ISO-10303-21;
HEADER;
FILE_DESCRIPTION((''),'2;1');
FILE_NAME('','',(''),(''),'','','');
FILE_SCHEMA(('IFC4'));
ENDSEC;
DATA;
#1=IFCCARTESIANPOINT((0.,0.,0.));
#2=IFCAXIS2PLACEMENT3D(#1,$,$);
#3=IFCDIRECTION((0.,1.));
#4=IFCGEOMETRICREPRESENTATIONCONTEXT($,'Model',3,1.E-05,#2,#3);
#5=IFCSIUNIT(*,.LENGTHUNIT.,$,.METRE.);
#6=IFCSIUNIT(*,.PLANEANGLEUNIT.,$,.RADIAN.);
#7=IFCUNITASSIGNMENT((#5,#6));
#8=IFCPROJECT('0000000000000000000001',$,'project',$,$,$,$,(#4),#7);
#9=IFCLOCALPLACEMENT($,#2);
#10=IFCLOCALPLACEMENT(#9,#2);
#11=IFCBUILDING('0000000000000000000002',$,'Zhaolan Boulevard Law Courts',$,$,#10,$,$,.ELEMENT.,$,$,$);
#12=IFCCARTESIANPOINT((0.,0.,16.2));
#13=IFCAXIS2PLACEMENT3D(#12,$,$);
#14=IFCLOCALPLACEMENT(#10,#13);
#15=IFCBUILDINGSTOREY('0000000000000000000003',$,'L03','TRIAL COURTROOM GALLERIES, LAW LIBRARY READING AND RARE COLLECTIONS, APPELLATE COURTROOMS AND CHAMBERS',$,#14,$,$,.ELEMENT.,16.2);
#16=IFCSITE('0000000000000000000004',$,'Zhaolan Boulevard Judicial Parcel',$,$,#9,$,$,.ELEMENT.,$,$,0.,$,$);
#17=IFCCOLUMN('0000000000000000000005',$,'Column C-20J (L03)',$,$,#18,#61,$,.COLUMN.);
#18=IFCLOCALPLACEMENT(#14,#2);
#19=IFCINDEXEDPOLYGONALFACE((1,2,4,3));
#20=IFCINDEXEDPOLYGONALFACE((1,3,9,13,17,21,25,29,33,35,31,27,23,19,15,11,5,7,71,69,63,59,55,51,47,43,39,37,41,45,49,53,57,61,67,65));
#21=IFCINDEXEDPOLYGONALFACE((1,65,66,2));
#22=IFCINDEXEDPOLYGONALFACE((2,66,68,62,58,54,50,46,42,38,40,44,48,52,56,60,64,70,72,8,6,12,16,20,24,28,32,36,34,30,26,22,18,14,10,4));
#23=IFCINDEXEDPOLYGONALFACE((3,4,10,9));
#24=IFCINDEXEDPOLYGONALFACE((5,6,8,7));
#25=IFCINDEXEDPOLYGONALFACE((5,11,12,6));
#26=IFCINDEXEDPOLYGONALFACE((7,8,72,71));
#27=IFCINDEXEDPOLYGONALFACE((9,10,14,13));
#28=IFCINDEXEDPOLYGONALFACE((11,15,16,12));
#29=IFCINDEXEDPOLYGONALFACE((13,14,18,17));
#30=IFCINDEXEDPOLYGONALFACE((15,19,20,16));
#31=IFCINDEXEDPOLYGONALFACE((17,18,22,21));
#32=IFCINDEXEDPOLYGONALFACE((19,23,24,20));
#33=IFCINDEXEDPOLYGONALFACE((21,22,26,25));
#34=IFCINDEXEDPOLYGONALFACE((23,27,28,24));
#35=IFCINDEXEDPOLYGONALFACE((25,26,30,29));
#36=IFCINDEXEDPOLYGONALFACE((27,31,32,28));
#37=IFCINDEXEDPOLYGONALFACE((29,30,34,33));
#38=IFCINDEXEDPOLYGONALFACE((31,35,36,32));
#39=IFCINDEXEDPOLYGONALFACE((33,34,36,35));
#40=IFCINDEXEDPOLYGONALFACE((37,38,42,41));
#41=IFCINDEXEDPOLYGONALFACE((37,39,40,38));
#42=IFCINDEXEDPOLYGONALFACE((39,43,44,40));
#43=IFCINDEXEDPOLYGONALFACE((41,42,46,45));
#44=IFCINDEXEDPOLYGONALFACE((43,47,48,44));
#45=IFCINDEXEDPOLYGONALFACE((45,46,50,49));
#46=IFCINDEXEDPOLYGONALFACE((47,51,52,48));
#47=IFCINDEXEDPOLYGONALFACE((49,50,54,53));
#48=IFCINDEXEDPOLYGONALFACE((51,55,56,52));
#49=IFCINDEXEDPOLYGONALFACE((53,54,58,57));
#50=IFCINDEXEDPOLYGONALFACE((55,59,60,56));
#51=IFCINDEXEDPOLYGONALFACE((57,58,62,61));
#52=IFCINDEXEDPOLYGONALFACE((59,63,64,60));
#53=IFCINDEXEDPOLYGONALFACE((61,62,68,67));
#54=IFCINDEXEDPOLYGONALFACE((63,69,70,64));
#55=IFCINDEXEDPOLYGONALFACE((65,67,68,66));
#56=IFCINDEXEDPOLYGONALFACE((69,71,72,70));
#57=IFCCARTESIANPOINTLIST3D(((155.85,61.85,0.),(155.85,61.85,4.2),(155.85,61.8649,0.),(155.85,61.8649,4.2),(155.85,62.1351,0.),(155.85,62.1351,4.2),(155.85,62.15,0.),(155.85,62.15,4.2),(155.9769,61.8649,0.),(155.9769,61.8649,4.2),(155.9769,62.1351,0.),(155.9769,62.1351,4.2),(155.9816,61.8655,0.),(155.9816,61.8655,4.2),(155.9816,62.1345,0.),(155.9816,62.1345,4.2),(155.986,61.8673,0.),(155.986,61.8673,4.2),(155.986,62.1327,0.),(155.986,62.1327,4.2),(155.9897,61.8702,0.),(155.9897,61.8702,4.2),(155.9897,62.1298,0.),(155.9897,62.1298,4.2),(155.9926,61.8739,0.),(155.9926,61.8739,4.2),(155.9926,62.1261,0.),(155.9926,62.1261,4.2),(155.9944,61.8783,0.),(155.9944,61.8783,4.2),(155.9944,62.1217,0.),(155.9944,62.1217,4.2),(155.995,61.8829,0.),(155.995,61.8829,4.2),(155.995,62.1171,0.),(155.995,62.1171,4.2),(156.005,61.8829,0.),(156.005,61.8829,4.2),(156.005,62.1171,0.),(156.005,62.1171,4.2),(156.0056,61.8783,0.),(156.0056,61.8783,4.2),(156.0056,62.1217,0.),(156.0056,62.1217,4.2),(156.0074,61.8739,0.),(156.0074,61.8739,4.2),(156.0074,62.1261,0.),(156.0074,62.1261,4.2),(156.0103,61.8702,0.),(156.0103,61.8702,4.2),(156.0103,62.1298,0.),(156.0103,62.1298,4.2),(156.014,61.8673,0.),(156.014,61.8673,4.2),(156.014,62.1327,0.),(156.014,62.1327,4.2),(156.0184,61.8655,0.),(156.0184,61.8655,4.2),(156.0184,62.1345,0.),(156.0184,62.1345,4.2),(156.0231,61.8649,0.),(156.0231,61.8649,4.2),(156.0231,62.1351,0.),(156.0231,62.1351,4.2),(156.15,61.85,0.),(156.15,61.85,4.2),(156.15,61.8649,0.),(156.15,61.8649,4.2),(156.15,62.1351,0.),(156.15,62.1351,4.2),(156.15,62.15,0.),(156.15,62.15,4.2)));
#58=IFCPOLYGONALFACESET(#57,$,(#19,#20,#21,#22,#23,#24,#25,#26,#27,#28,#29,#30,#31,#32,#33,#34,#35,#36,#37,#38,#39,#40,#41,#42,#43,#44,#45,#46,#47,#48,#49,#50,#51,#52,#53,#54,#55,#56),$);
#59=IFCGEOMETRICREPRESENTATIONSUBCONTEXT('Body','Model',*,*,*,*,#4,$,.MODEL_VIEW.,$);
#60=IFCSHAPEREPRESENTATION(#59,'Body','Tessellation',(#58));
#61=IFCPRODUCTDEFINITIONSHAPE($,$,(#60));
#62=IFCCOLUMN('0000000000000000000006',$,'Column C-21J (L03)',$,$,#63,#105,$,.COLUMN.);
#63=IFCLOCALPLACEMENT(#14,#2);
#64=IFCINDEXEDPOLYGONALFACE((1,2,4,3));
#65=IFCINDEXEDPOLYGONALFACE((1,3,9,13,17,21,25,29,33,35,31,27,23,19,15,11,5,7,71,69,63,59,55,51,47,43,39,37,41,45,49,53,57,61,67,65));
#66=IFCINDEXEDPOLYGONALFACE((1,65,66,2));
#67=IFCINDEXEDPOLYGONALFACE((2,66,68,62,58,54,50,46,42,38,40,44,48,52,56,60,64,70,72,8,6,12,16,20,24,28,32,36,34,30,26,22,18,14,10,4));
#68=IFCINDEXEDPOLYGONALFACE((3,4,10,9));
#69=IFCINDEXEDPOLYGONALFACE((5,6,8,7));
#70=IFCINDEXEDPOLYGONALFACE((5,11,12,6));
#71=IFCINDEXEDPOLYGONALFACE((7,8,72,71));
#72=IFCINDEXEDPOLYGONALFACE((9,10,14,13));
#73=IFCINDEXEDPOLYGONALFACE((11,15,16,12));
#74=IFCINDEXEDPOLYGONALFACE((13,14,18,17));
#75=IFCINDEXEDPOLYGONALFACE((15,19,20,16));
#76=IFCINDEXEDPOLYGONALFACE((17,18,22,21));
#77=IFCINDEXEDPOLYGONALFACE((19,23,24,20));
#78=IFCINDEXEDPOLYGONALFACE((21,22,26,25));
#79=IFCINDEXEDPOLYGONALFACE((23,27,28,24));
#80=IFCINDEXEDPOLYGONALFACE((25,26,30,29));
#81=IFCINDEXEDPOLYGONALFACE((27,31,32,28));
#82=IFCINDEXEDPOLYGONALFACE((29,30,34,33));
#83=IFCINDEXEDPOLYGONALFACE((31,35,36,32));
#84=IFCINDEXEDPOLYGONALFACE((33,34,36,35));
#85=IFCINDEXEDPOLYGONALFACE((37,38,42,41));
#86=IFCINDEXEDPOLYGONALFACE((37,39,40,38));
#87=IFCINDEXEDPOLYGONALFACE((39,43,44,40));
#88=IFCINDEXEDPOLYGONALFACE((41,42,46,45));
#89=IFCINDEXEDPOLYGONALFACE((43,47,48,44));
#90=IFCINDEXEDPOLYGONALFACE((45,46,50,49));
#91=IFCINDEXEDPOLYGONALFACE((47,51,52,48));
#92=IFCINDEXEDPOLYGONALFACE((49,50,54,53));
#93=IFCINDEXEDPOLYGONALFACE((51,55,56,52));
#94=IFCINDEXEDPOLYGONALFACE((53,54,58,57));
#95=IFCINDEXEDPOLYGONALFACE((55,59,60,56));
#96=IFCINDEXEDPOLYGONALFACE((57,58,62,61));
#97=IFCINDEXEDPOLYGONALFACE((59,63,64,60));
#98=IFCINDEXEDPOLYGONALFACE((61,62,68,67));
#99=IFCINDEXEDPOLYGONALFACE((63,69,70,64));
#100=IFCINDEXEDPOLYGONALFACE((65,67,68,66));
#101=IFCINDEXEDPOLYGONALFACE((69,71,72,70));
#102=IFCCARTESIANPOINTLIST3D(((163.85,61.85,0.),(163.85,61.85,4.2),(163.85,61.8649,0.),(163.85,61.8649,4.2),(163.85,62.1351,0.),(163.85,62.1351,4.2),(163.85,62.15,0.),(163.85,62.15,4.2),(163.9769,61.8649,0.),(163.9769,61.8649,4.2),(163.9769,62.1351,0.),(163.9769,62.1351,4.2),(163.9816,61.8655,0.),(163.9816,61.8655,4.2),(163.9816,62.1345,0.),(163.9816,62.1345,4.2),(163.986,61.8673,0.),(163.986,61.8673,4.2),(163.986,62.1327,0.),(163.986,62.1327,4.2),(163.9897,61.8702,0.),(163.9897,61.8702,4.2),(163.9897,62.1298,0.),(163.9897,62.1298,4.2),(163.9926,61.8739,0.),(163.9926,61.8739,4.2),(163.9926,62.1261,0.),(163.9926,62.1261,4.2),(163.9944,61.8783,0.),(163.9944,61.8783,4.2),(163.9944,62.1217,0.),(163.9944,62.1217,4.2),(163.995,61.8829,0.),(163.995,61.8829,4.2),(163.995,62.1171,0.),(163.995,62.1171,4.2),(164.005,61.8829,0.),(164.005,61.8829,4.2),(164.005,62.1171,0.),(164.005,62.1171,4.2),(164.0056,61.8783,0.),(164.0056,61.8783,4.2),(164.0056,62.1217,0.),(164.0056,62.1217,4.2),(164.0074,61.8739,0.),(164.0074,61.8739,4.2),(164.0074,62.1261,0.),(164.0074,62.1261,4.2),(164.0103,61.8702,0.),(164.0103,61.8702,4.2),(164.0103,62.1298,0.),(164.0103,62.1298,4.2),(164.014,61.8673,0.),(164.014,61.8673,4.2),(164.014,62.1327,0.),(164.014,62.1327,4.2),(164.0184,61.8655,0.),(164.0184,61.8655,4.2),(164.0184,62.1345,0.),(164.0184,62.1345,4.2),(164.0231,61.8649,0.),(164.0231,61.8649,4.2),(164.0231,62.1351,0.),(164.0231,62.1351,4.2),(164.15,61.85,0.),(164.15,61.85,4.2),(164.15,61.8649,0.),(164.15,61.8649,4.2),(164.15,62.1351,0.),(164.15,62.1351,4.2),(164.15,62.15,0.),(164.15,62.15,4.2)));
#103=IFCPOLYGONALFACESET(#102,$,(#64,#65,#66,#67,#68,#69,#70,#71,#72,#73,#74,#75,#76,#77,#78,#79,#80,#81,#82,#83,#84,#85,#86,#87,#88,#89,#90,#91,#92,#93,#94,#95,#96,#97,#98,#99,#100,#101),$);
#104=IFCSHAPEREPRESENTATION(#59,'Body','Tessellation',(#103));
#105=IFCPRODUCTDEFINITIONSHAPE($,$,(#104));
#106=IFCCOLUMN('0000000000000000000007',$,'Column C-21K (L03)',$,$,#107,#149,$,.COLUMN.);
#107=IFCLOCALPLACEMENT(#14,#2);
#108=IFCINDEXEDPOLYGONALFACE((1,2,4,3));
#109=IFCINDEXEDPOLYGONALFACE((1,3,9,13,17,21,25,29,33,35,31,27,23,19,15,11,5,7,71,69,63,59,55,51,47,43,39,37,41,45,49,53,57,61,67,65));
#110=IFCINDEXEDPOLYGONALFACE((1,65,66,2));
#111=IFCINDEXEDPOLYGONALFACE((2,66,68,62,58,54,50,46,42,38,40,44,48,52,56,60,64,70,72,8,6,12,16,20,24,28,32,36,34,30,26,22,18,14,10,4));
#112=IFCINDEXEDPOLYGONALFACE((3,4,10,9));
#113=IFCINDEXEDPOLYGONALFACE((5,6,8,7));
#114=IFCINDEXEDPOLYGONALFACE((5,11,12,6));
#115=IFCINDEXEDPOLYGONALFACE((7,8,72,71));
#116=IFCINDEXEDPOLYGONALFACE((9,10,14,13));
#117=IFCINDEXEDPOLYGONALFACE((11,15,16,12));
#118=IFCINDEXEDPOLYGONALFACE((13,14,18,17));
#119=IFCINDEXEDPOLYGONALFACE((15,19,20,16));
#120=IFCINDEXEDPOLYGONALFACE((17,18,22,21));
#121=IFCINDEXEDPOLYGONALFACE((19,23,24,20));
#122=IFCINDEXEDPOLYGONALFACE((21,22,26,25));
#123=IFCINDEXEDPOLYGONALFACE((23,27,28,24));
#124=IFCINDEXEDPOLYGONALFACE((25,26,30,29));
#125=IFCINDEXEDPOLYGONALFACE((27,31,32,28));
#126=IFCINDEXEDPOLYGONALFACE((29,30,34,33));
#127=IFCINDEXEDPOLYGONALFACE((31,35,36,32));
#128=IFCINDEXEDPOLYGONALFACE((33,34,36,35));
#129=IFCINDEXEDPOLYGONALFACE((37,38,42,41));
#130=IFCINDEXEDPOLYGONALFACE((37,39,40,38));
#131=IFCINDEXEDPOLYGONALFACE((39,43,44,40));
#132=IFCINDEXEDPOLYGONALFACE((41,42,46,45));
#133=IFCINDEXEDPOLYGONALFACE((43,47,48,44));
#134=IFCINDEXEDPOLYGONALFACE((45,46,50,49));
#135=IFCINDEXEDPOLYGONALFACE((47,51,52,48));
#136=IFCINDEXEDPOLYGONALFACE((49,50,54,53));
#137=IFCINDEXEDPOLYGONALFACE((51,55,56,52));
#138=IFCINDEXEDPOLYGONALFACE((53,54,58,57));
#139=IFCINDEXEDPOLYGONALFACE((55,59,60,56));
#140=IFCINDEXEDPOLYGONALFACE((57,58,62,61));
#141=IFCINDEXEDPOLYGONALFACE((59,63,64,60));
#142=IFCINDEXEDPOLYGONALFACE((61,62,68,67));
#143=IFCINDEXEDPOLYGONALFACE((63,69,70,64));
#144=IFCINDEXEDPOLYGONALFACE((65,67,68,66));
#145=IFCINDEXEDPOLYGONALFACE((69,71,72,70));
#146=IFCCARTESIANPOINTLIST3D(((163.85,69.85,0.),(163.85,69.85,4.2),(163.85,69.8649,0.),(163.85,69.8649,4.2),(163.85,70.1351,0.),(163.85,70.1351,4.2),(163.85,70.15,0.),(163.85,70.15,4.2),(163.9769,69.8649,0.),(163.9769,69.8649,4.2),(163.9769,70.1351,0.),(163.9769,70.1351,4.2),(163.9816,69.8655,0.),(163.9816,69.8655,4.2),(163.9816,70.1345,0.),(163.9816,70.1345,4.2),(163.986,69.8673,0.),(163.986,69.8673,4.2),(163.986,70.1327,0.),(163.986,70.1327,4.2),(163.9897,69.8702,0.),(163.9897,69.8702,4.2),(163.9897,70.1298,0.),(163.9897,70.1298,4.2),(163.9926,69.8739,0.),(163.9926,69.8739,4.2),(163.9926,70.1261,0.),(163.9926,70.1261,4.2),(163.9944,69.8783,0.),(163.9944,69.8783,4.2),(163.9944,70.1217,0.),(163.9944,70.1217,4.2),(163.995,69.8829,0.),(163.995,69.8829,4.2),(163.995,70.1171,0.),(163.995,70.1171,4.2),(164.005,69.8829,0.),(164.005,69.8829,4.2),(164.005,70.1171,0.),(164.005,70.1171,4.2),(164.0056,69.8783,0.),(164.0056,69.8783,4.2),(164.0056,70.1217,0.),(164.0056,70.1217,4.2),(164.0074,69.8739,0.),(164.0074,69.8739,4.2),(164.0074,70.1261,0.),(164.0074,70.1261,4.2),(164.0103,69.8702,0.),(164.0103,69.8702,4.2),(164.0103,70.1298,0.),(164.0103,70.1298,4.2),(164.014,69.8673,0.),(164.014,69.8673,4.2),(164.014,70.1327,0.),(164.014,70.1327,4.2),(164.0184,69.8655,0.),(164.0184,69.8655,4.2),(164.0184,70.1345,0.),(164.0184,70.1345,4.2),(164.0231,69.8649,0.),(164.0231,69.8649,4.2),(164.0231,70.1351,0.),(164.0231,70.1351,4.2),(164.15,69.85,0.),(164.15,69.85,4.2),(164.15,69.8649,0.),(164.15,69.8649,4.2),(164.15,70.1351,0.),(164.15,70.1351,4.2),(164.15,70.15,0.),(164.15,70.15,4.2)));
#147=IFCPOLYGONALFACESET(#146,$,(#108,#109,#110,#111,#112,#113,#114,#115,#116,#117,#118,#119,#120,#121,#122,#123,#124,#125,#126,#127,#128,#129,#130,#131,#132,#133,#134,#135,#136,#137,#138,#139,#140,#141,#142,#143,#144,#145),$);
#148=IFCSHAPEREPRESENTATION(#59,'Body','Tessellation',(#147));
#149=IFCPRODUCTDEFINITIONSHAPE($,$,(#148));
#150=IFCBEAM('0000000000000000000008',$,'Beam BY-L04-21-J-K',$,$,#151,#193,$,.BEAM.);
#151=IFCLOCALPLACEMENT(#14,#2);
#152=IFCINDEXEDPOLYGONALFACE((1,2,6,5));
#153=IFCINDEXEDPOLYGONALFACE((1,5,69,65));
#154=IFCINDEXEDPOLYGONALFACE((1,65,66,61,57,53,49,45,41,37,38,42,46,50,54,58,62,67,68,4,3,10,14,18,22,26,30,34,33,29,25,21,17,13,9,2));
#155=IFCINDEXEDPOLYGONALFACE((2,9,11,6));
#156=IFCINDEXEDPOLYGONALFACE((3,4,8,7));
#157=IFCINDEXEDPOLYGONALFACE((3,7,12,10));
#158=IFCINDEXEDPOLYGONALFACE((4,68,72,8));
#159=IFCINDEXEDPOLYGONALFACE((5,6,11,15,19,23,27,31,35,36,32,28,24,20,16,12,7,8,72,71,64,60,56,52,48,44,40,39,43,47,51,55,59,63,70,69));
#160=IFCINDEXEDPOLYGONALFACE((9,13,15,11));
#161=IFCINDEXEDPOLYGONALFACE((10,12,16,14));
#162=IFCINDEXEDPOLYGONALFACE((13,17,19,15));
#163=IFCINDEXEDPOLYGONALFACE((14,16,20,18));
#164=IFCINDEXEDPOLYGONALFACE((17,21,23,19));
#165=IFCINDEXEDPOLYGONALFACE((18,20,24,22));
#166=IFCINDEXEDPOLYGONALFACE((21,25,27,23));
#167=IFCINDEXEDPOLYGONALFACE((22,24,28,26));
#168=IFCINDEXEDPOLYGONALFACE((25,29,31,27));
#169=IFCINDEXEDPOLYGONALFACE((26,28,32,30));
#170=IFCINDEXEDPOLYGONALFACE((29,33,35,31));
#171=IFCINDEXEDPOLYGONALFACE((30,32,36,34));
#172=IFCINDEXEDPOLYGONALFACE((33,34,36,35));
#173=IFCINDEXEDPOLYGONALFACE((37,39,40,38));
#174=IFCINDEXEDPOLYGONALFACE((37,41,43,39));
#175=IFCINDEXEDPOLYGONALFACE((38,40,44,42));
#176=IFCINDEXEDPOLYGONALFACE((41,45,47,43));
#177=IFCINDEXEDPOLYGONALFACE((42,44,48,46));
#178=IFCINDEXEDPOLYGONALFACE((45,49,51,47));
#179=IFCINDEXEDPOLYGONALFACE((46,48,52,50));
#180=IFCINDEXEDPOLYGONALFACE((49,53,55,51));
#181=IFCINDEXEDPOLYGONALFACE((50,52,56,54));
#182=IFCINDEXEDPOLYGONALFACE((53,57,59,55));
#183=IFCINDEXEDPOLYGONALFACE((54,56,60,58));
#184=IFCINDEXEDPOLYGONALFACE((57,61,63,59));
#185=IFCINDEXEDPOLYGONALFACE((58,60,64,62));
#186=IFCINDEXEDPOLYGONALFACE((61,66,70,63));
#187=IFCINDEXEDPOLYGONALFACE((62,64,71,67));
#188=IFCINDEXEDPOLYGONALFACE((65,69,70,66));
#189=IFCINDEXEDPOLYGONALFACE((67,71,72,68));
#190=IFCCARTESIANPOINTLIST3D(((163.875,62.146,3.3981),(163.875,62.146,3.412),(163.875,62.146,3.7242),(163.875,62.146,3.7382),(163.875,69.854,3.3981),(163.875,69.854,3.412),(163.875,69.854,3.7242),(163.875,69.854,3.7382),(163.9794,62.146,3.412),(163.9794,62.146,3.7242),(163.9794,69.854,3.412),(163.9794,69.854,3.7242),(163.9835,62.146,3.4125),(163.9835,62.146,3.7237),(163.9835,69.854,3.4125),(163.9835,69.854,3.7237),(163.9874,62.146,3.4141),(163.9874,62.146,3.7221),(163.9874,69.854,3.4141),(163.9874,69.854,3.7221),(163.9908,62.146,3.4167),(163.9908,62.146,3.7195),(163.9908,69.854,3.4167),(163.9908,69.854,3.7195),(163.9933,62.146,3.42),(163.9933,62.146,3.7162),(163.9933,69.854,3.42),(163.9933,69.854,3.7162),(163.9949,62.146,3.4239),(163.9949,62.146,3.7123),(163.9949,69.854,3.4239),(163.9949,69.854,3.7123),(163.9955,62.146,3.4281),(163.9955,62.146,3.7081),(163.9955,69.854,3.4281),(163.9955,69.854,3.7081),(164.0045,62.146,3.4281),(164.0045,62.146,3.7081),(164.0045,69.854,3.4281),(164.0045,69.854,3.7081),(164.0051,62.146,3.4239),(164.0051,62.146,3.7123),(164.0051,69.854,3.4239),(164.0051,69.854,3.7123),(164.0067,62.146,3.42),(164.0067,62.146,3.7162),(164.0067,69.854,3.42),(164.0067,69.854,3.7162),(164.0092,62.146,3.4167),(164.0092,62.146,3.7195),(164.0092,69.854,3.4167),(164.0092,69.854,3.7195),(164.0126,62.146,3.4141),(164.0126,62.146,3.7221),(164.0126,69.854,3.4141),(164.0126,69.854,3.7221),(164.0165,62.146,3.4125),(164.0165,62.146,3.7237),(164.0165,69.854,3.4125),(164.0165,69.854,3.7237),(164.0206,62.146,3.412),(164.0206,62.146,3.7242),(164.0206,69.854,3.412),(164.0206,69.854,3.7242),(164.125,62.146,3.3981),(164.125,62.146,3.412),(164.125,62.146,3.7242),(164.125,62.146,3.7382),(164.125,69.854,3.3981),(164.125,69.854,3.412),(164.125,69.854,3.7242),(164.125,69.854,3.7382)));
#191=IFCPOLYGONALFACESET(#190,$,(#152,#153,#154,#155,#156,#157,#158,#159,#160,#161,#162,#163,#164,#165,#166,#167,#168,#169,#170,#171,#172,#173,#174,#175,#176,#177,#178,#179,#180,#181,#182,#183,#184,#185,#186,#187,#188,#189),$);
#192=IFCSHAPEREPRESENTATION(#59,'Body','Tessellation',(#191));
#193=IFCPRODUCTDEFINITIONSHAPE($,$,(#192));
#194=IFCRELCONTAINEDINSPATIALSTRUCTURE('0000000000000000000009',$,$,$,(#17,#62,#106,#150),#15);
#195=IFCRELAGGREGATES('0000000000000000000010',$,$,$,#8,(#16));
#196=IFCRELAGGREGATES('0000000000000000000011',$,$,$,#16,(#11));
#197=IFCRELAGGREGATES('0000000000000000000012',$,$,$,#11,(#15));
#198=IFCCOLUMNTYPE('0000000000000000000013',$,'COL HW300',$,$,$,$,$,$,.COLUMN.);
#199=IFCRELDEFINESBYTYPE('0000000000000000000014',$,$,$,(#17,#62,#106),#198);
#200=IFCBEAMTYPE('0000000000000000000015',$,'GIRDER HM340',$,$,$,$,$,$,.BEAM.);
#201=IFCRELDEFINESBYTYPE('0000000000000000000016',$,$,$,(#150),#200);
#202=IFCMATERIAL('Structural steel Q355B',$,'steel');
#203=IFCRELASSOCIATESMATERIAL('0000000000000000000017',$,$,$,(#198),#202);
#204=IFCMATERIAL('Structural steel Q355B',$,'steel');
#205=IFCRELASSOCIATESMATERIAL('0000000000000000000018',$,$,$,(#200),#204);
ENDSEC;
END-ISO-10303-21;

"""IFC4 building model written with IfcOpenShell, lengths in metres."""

from ifc_helpers import new_model, si_unit, direction, frame, origin, origin_2d, place, context, subcontext, project, spatial, i_section, extrude, material, material_profile, profile_set, type_object, element, save


model = new_model("IFC4")

# Units and contexts
model_context = context("Model", 3, precision=1e-05, world=origin(), true_north=direction((0.0, 1.0)))
body_context = subcontext(model_context, "Body", "Model", "MODEL_VIEW")
ifc_project = project(units=[si_unit("LENGTHUNIT", "METRE"), si_unit("PLANEANGLEUNIT", "RADIAN")], contexts=[model_context])

# Site, building, storey
site_placement = place(None, origin())
site = spatial("IfcSite", under=ifc_project, at=site_placement, Name="Zhaolan Boulevard Judicial Parcel", CompositionType="ELEMENT", RefElevation=0.0)
building_placement = place(site_placement, origin())
building = spatial("IfcBuilding", under=site, at=building_placement, Name="Zhaolan Boulevard Law Courts", CompositionType="ELEMENT")
storey_placement = place(building_placement, frame((0.0, 0.0, 16.2)))
storey = spatial("IfcBuildingStorey", under=building, at=storey_placement, Name="L03", Description="TRIAL COURTROOM GALLERIES, LAW LIBRARY READING AND RARE COLLECTIONS, APPELLATE COURTROOMS AND CHAMBERS", CompositionType="ELEMENT", Elevation=16.2)

# Columns
ifc_material_1 = material(Name="Structural steel Q355B", Category="steel")
ifc_material_profile_1 = material_profile(ifc_material_1, i_section(OverallWidth=0.3, OverallDepth=0.3, WebThickness=0.01, FlangeThickness=0.0149, FilletRadius=0.0181, at=origin_2d()), Name="HW300x300")
ifc_profile_set_1 = profile_set([ifc_material_profile_1], Name="Structural steel Q355B")
column_type = type_object("IfcColumnType", Name="COL HW300", PredefinedType="COLUMN", material=ifc_profile_set_1)
for number, where, z_axis, x_axis, name in (
    (1, (156.0, 62.0, 0.0), (0.0, 0.0, 1.0), (1.0, 0.0, 0.0), "Column C-20J (L03)"),
    (2, (164.0, 62.0, 0.0), (0.0, 0.0, 1.0), (1.0, 0.0, 0.0), "Column C-21J (L03)"),
    (3, (164.0, 70.0, 0.0), (0.0, 0.0, 1.0), (1.0, 0.0, 0.0), "Column C-21K (L03)"),
):
    element("IfcColumn", number, at=place(storey_placement, frame(where, z_axis=z_axis, x_axis=x_axis)), inside=storey, type_object=column_type, Name=name, PredefinedType="COLUMN", context=body_context, shape_type="SweptSolid", body=[
        extrude(i_section(OverallWidth=0.3, OverallDepth=0.3, WebThickness=0.01, FlangeThickness=0.0149, FilletRadius=0.0181, at=origin_2d()), origin(), (0.0, 0.0, 1.0), 4.2),
    ])

# Beam
ifc_material_2 = material(Name="Structural steel Q355B", Category="steel")
ifc_material_profile_2 = material_profile(ifc_material_2, i_section(OverallWidth=0.25, OverallDepth=0.3401, WebThickness=0.009, FlangeThickness=0.0139, FilletRadius=0.0161, at=origin_2d()), Name="HM340x250")
ifc_profile_set_2 = profile_set([ifc_material_profile_2], Name="Structural steel Q355B")
beam_type_1 = type_object("IfcBeamType", Name="GIRDER HM340", PredefinedType="BEAM", material=ifc_profile_set_2)
for number, where, z_axis, x_axis, name in (
    (4, (164.0, 62.146, 3.5681), (0.0, 1.0, 0.0), (-1.0, 0.0, 0.0), "Beam BY-L04-21-J-K"),
):
    element("IfcBeam", number, at=place(storey_placement, frame(where, z_axis=z_axis, x_axis=x_axis)), inside=storey, type_object=beam_type_1, Name=name, PredefinedType="BEAM", context=body_context, shape_type="SweptSolid", body=[
        extrude(i_section(OverallWidth=0.25, OverallDepth=0.3401, WebThickness=0.009, FlangeThickness=0.0139, FilletRadius=0.0161, at=origin_2d()), origin(), (0.0, 0.0, 1.0), 7.708),
    ])

save(model, "model.ifc")
